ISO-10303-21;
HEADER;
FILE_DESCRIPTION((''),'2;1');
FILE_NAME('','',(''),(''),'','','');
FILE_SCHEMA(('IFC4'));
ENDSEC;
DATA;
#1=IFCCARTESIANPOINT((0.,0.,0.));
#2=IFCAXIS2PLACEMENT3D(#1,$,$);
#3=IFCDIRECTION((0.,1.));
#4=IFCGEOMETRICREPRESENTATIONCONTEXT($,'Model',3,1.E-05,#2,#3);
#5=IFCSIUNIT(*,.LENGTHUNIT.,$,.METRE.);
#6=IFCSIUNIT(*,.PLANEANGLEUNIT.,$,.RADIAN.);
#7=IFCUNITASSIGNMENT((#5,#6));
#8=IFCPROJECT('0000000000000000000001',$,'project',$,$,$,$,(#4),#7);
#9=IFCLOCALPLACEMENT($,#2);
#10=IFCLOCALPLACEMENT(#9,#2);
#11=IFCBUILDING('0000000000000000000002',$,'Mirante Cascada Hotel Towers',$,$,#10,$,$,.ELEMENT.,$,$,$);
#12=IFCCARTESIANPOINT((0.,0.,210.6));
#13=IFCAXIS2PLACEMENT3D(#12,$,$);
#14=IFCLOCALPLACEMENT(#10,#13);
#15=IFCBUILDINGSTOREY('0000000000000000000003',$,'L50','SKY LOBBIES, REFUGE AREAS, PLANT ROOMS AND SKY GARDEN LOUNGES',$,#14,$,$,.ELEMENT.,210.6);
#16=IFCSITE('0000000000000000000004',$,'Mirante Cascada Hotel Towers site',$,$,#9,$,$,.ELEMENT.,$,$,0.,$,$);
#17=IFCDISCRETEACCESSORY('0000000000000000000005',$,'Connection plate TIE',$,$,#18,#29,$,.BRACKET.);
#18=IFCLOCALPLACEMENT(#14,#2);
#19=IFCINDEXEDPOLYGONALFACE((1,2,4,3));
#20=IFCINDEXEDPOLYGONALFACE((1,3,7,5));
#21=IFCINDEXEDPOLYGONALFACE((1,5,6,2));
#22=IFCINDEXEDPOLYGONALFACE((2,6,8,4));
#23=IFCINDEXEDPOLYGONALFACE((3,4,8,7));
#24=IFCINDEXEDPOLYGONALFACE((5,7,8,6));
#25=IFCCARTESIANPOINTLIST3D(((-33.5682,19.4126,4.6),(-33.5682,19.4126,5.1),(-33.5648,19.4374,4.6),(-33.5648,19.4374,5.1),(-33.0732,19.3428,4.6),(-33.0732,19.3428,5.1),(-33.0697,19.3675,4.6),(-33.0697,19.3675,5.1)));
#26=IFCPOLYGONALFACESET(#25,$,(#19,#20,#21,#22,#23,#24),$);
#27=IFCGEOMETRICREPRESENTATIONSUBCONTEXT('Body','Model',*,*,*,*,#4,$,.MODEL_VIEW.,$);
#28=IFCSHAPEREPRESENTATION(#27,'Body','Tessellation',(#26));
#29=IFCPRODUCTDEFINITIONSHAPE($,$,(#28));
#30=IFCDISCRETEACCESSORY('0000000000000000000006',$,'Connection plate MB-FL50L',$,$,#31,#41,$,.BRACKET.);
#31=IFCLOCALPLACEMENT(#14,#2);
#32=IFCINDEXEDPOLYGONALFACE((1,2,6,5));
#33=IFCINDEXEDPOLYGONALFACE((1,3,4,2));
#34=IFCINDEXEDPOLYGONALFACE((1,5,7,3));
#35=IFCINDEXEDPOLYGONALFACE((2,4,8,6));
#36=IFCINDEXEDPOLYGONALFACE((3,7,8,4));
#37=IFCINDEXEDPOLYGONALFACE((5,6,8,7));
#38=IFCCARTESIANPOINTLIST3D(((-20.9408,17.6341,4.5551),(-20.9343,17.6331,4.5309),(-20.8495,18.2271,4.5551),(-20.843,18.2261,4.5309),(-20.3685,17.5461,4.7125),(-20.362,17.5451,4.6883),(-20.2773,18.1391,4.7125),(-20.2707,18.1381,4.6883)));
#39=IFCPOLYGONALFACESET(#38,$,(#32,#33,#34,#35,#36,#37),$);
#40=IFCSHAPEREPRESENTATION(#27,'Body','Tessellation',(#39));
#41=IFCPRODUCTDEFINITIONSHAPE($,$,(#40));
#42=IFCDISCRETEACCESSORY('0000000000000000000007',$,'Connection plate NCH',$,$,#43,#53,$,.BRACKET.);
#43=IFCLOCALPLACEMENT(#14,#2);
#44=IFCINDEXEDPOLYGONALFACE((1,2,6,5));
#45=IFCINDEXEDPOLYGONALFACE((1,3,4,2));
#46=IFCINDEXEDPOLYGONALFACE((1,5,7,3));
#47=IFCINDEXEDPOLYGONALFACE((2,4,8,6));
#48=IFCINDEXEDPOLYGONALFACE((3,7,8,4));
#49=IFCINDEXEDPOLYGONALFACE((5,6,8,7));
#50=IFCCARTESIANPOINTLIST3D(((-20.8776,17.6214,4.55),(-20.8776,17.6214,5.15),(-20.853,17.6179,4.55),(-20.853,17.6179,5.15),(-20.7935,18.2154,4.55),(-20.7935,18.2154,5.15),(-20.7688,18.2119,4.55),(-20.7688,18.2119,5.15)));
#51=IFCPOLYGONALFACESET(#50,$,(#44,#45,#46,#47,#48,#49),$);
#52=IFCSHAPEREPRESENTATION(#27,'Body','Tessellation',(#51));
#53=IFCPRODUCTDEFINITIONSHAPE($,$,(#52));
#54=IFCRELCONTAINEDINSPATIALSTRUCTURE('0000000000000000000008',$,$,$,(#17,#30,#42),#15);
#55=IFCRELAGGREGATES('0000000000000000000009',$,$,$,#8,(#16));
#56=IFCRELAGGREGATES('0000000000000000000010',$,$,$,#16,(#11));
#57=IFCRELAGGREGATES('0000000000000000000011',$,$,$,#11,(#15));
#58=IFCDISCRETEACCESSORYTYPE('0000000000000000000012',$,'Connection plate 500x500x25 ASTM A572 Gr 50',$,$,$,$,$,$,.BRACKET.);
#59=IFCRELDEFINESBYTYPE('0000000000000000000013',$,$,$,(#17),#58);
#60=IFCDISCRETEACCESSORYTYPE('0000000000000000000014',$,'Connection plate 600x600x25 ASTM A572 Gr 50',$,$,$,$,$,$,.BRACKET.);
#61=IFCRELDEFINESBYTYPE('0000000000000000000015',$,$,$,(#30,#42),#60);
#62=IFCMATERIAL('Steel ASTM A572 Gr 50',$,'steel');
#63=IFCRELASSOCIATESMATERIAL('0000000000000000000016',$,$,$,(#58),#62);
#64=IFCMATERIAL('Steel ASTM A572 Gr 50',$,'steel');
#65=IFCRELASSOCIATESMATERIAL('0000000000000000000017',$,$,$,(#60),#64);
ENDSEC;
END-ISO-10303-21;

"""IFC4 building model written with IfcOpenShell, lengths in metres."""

from ifc_helpers import new_model, si_unit, direction, frame, origin, origin_2d, place, context, subcontext, project, spatial, rectangle, extrude, material, material_profile, profile_set, type_object, element, save


model = new_model("IFC4")

# Units and contexts
model_context = context("Model", 3, precision=1e-05, world=origin(), true_north=direction((0.0, 1.0)))
body_context = subcontext(model_context, "Body", "Model", "MODEL_VIEW")
ifc_project = project(units=[si_unit("LENGTHUNIT", "METRE"), si_unit("PLANEANGLEUNIT", "RADIAN")], contexts=[model_context])

# Site, building, storey
site_placement = place(None, origin())
site = spatial("IfcSite", under=ifc_project, at=site_placement, Name="Mirante Cascada Hotel Towers site", CompositionType="ELEMENT", RefElevation=0.0)
building_placement = place(site_placement, origin())
building = spatial("IfcBuilding", under=site, at=building_placement, Name="Mirante Cascada Hotel Towers", CompositionType="ELEMENT")
storey_placement = place(building_placement, frame((0.0, 0.0, 210.6)))
storey = spatial("IfcBuildingStorey", under=building, at=storey_placement, Name="L50", Description="SKY LOBBIES, REFUGE AREAS, PLANT ROOMS AND SKY GARDEN LOUNGES", CompositionType="ELEMENT", Elevation=210.6)

# Discrete accessories
ifc_material_1 = material(Name="Steel ASTM A572 Gr 50", Category="steel")
ifc_material_profile_1 = material_profile(ifc_material_1, rectangle(XDim=0.5, YDim=0.5, at=origin_2d()), Name="Connection plate 500x500x25 ASTM A572 Gr 50")
ifc_profile_set_1 = profile_set([ifc_material_profile_1], Name="Steel ASTM A572 Gr 50")
discrete_accessory_type_1 = type_object("IfcDiscreteAccessoryType", Name="Connection plate 500x500x25 ASTM A572 Gr 50", PredefinedType="BRACKET", material=ifc_profile_set_1)
for number, where, z_axis, x_axis, name in (
    (1, (-33.3207, 19.3777, 4.85), (0.139744, 0.990188, 0.0), (-0.990188, 0.139744, 0.0), "Connection plate TIE"),
):
    element("IfcDiscreteAccessory", number, at=place(storey_placement, frame(where, z_axis=z_axis, x_axis=x_axis)), inside=storey, type_object=discrete_accessory_type_1, Name=name, PredefinedType="BRACKET", context=body_context, shape_type="SweptSolid", body=[
        extrude(rectangle(XDim=0.5, YDim=0.5, at=origin_2d()), origin(), (0.0, 0.0, 1.0), 0.025),
    ])
ifc_material_2 = material(Name="Steel ASTM A572 Gr 50", Category="steel")
ifc_material_profile_2 = material_profile(ifc_material_2, rectangle(XDim=0.6, YDim=0.6, at=origin_2d()), Name="Connection plate 600x600x25 ASTM A572 Gr 50")
ifc_profile_set_2 = profile_set([ifc_material_profile_2], Name="Steel ASTM A572 Gr 50")
discrete_accessory_type_2 = type_object("IfcDiscreteAccessoryType", Name="Connection plate 600x600x25 ASTM A572 Gr 50", PredefinedType="BRACKET", material=ifc_profile_set_2)
discrete_accessory_1_placement = place(storey_placement, frame((-20.6025, 17.8856, 4.6096), z_axis=(-0.259195, 0.039876, 0.965002), x_axis=(-0.152057, -0.988372, 0.0)))
element("IfcDiscreteAccessory", 2, at=discrete_accessory_1_placement, inside=storey, type_object=discrete_accessory_type_2, Name="Connection plate MB-FL50L", PredefinedType="BRACKET", context=body_context, shape_type="SweptSolid", body=[
    extrude(rectangle(XDim=0.6, YDim=0.6, at=origin_2d()), origin(), (0.0, 0.0, 1.0), 0.0251),
])
discrete_accessory_2_placement = place(storey_placement, frame((-20.8109, 17.9149, 4.85), z_axis=(-0.990109, 0.140299, 0.0), x_axis=(-0.140299, -0.990109, 0.0)))
element("IfcDiscreteAccessory", 3, at=discrete_accessory_2_placement, inside=storey, type_object=discrete_accessory_type_2, Name="Connection plate NCH", PredefinedType="BRACKET", context=body_context, shape_type="SweptSolid", body=[
    extrude(rectangle(XDim=0.6, YDim=0.6, at=origin_2d()), origin(), (0.0, 0.0, 1.0), 0.0249),
])

save(model, "model.ifc")
